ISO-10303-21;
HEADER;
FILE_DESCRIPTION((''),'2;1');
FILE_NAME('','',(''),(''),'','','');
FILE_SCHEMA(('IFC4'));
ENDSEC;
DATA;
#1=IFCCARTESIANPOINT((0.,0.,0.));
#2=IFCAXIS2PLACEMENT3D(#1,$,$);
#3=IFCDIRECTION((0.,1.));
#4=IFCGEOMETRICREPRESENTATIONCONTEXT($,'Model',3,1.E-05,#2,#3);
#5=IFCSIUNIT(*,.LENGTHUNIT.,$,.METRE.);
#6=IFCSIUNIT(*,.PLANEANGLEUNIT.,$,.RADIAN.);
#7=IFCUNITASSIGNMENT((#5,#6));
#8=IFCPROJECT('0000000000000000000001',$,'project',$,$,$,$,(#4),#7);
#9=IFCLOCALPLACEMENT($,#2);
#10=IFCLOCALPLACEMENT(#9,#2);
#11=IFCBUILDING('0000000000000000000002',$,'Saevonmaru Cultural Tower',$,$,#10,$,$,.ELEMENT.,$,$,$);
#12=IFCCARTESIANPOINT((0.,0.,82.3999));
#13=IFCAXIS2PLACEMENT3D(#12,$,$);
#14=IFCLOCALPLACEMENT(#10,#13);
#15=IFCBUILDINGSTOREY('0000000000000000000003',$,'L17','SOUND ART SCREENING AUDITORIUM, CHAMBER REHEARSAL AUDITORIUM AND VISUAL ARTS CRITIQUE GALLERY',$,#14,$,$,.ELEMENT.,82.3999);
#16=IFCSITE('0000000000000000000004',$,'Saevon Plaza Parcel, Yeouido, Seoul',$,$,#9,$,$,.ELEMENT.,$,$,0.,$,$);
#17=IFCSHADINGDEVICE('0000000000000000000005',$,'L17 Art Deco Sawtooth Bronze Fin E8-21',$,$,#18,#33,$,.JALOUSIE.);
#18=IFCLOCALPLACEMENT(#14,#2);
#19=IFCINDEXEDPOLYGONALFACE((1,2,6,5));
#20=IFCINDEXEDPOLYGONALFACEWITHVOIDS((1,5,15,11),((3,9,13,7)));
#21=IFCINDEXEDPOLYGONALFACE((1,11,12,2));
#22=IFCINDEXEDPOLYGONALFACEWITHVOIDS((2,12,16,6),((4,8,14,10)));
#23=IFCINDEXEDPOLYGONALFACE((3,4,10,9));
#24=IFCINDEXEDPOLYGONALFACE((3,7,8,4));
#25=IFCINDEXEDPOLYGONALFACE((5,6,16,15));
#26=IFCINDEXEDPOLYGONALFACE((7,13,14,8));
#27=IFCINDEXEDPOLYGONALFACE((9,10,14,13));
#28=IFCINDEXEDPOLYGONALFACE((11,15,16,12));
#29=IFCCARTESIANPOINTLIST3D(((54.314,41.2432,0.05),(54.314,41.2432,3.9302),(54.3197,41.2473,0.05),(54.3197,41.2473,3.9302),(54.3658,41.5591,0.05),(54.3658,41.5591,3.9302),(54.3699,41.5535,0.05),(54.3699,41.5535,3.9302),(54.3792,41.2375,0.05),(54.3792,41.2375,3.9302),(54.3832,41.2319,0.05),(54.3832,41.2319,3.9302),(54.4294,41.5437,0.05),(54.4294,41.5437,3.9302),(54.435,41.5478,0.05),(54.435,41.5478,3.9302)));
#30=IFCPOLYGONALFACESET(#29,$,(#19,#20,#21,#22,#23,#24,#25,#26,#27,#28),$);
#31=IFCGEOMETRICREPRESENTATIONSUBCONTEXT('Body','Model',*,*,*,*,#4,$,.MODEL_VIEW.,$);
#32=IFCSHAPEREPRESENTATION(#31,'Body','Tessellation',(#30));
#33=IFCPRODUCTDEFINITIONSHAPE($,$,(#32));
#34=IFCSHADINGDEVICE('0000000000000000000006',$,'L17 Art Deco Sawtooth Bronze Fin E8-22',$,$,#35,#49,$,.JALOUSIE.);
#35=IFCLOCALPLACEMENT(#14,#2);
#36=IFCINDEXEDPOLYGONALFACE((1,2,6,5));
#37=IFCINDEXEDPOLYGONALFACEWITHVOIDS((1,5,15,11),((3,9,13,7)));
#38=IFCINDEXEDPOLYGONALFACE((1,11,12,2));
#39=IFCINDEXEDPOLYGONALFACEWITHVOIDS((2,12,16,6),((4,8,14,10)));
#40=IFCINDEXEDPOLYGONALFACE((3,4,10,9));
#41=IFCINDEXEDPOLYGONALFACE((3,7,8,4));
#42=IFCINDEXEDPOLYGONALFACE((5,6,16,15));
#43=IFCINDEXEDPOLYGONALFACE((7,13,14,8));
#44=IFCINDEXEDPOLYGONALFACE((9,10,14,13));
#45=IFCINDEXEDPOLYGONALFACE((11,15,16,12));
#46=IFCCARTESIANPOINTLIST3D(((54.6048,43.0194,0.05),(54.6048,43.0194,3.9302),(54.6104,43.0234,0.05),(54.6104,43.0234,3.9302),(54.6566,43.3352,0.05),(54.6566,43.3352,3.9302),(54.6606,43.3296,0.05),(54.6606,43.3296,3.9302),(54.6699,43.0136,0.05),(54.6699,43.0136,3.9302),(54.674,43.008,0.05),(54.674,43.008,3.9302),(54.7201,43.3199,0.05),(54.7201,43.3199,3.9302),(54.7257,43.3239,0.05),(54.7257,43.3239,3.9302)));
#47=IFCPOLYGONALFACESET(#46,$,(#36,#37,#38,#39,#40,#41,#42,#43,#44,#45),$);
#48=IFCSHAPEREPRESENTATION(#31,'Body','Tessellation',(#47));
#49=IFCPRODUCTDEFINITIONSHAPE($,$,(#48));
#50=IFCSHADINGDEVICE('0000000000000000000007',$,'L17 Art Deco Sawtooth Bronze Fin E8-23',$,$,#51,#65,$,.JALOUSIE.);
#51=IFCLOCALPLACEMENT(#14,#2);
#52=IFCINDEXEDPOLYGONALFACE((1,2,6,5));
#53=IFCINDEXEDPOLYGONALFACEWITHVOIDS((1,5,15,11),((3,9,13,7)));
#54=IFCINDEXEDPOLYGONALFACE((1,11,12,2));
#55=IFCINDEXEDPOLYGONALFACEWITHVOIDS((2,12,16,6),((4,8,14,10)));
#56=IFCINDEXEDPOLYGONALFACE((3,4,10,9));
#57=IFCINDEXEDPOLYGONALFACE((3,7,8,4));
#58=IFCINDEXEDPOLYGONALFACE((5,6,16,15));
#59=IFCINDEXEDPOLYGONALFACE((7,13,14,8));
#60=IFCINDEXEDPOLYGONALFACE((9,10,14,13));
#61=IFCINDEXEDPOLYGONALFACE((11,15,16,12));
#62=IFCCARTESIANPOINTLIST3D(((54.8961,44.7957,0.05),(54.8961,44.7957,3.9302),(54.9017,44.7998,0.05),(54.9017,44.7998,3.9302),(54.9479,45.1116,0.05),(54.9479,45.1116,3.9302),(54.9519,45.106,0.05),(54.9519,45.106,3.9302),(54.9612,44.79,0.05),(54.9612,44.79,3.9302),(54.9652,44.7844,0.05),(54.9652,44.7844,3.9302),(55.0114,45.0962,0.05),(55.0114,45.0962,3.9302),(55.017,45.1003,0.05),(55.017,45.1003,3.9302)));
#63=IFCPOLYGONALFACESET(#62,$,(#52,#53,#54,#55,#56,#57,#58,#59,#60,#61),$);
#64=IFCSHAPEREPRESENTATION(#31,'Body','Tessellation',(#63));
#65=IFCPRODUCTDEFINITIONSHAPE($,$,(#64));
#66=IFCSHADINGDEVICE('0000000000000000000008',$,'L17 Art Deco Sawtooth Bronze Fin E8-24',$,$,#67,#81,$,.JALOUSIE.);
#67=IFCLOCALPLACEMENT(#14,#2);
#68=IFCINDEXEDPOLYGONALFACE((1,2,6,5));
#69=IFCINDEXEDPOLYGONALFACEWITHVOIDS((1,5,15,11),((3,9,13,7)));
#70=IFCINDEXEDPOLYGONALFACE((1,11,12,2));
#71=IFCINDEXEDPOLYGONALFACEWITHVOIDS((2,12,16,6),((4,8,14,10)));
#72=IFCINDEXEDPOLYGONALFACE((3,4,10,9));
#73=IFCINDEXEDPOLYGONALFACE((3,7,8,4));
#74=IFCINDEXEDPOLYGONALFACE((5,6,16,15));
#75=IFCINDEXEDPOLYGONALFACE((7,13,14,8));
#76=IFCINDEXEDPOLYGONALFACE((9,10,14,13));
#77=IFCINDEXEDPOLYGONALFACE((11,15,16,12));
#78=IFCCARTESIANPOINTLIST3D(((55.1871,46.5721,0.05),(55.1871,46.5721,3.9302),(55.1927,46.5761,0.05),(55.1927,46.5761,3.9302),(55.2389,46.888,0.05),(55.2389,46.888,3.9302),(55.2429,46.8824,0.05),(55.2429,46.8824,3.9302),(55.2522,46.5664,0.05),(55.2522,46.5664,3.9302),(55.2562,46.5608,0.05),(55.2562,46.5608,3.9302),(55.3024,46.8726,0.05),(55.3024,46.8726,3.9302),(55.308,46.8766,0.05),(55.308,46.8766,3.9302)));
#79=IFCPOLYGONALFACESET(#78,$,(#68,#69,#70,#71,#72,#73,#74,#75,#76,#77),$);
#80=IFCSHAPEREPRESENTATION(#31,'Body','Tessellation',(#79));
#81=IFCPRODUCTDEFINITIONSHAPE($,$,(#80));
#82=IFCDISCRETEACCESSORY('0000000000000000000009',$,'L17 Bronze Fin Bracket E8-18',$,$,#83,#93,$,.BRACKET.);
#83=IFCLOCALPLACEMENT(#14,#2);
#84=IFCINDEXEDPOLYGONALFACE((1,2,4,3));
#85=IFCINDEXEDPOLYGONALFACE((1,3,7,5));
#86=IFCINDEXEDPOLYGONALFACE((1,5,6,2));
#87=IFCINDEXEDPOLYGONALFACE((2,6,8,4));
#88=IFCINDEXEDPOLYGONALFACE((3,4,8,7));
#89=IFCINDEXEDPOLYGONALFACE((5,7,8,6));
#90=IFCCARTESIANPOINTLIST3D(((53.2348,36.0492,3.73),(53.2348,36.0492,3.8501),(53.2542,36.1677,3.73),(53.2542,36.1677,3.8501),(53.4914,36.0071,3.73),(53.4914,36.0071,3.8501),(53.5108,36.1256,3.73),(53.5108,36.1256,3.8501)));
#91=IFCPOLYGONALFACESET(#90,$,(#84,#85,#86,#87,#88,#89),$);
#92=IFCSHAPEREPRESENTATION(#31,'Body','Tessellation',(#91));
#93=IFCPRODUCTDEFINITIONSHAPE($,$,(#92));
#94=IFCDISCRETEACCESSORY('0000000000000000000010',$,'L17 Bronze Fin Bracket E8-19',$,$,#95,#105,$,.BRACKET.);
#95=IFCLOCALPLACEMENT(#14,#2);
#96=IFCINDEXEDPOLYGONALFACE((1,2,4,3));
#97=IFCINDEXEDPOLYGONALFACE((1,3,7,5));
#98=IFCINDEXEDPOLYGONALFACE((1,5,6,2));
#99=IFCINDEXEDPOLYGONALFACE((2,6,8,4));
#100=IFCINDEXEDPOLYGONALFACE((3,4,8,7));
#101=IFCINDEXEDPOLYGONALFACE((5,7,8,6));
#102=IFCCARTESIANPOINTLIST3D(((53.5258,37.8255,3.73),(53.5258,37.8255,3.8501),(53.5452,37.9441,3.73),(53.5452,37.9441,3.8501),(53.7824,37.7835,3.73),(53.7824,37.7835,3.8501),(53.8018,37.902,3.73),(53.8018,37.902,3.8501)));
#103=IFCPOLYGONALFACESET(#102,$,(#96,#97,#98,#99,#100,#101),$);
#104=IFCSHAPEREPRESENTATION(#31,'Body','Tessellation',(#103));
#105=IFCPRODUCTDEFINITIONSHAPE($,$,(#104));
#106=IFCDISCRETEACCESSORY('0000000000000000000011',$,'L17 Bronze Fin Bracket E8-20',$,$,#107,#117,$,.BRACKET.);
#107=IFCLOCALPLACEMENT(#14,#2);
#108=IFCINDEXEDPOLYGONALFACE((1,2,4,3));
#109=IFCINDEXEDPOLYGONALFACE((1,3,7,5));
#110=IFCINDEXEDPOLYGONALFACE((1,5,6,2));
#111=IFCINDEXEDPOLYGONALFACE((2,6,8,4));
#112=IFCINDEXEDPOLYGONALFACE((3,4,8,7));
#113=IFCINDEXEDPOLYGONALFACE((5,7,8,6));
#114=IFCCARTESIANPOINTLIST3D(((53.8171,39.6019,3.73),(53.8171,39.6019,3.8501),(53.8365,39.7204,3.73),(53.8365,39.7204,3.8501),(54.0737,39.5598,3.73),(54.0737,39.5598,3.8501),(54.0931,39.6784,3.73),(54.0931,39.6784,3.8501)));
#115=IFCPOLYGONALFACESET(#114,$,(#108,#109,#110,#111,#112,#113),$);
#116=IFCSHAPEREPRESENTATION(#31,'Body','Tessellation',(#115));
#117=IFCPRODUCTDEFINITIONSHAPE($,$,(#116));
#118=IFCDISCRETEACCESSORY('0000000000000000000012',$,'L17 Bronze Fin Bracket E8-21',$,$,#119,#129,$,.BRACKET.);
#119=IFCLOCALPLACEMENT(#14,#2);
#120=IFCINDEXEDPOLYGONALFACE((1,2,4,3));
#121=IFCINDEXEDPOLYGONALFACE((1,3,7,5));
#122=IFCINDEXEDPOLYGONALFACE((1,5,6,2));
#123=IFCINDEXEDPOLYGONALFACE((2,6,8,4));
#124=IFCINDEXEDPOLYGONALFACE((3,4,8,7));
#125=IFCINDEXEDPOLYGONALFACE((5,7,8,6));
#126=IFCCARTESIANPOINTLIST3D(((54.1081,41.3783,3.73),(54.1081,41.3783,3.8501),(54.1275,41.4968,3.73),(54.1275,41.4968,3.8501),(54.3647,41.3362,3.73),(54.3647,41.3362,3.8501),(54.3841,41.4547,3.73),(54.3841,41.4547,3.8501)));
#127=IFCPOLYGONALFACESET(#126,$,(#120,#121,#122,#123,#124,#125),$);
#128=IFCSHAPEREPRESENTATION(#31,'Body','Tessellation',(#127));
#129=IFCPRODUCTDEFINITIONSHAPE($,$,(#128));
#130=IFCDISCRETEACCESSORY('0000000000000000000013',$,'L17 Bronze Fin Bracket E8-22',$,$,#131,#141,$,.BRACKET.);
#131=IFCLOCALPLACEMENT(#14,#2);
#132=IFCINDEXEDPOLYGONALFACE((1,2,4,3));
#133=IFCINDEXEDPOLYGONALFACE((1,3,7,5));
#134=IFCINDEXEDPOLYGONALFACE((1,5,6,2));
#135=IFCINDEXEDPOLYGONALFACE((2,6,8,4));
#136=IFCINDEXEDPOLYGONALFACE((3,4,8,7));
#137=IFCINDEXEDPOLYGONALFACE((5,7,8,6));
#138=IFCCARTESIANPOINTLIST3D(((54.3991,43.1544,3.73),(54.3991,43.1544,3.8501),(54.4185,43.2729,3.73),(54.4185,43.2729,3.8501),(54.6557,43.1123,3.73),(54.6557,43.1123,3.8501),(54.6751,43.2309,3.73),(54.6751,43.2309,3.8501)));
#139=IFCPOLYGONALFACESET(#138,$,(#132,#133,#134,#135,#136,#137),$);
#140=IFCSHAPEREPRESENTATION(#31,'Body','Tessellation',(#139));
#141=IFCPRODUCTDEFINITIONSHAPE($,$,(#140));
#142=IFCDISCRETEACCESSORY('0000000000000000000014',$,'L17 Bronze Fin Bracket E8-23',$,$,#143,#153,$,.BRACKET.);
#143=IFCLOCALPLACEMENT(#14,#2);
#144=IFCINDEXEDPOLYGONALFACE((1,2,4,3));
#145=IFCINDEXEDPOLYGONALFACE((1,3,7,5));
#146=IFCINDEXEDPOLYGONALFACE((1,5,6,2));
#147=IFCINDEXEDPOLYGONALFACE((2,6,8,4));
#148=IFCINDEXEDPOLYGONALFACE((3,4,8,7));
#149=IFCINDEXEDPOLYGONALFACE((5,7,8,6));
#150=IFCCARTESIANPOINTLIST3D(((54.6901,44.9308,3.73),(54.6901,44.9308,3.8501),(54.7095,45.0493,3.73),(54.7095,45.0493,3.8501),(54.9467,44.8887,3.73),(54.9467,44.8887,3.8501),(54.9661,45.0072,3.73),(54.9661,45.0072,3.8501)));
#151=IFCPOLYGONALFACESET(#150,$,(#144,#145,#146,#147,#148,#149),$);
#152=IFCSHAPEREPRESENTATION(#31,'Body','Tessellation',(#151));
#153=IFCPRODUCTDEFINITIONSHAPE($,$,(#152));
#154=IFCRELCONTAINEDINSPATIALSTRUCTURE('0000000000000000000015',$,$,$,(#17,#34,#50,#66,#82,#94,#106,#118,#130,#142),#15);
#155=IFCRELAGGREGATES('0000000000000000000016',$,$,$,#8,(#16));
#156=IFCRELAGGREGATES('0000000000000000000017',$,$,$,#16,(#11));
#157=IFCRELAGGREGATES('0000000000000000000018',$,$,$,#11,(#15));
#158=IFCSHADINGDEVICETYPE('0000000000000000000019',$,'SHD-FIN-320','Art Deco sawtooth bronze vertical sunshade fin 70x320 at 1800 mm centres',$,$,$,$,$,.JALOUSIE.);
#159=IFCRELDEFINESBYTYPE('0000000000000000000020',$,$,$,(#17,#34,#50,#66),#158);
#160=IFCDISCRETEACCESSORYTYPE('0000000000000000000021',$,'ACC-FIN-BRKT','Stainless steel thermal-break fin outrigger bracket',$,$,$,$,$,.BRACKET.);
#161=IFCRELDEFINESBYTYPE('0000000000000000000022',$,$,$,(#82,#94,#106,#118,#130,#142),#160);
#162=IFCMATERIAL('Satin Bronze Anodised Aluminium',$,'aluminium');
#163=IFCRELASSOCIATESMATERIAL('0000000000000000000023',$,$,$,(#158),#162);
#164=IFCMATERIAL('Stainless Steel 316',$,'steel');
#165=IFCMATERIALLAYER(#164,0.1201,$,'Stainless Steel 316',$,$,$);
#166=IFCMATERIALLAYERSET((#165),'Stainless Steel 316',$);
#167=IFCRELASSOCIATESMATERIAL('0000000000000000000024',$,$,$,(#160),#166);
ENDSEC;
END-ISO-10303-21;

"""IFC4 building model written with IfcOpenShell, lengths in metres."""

from ifc_helpers import new_model, si_unit, direction, frame, origin, origin_2d, place, context, subcontext, project, spatial, rectangle, hollow_rectangle, extrude, material, layer, layer_set, material_profile, profile_set, type_object, element, save


model = new_model("IFC4")

# Units and contexts
model_context = context("Model", 3, precision=1e-05, world=origin(), true_north=direction((0.0, 1.0)))
body_context = subcontext(model_context, "Body", "Model", "MODEL_VIEW")
ifc_project = project(units=[si_unit("LENGTHUNIT", "METRE"), si_unit("PLANEANGLEUNIT", "RADIAN")], contexts=[model_context])

# Site, building, storey
site_placement = place(None, origin())
site = spatial("IfcSite", under=ifc_project, at=site_placement, Name="Saevon Plaza Parcel, Yeouido, Seoul", CompositionType="ELEMENT", RefElevation=0.0)
building_placement = place(site_placement, origin())
building = spatial("IfcBuilding", under=site, at=building_placement, Name="Saevonmaru Cultural Tower", CompositionType="ELEMENT")
storey_placement = place(building_placement, frame((0.0, 0.0, 82.3999)))
storey = spatial("IfcBuildingStorey", under=building, at=storey_placement, Name="L17", Description="SOUND ART SCREENING AUDITORIUM, CHAMBER REHEARSAL AUDITORIUM AND VISUAL ARTS CRITIQUE GALLERY", CompositionType="ELEMENT", Elevation=82.3999)

# Shared definitions
ifc_material_1 = material(Name="Satin Bronze Anodised Aluminium", Category="aluminium")

# Shading devices
ifc_material_profile_1 = material_profile(ifc_material_1, hollow_rectangle(XDim=0.0701, YDim=0.3201, WallThickness=0.0049, at=origin_2d()), Name="FIN-320x70")
ifc_profile_set_1 = profile_set([ifc_material_profile_1], Name="Satin Bronze Anodised Aluminium")
shading_device_type = type_object("IfcShadingDeviceType", Name="SHD-FIN-320", Description="Art Deco sawtooth bronze vertical sunshade fin 70x320 at 1800 mm centres", PredefinedType="JALOUSIE", material=ifc_profile_set_1)
for number, where, z_axis, x_axis, name in (
    (1, (54.3745, 41.3955, 0.05), (0.0, 0.0, 1.0), (0.986827, -0.161776, 0.0), "L17 Art Deco Sawtooth Bronze Fin E8-21"),
    (2, (54.6653, 43.1716, 0.05), (0.0, 0.0, 1.0), (0.986827, -0.161776, 0.0), "L17 Art Deco Sawtooth Bronze Fin E8-22"),
    (3, (54.9565, 44.948, 0.05), (0.0, 0.0, 1.0), (0.986827, -0.161776, 0.0), "L17 Art Deco Sawtooth Bronze Fin E8-23"),
    (4, (55.2476, 46.7244, 0.05), (0.0, 0.0, 1.0), (0.986827, -0.161776, 0.0), "L17 Art Deco Sawtooth Bronze Fin E8-24"),
):
    element("IfcShadingDevice", number, at=place(storey_placement, frame(where, z_axis=z_axis, x_axis=x_axis)), inside=storey, type_object=shading_device_type, Name=name, PredefinedType="JALOUSIE", context=body_context, shape_type="SweptSolid", body=[
        extrude(hollow_rectangle(XDim=0.0701, YDim=0.3201, WallThickness=0.0049, at=origin_2d()), origin(), (0.0, 0.0, 1.0), 3.8801),
    ])

# Discrete accessories
ifc_material_2 = material(Name="Stainless Steel 316", Category="steel")
ifc_layer_1 = layer(ifc_material_2, 0.1201, Name="Stainless Steel 316")
ifc_layer_set_1 = layer_set([ifc_layer_1], Name="Stainless Steel 316")
discrete_accessory_type = type_object("IfcDiscreteAccessoryType", Name="ACC-FIN-BRKT", Description="Stainless steel thermal-break fin outrigger bracket", PredefinedType="BRACKET", material=ifc_layer_set_1)
for number, where, z_axis, x_axis, name in (
    (5, (53.3728, 36.0874, 3.73), (0.0, 0.0, 1.0), (0.986827, -0.161776, 0.0), "L17 Bronze Fin Bracket E8-18"),
    (6, (53.6638, 37.8638, 3.73), (0.0, 0.0, 1.0), (0.986827, -0.161776, 0.0), "L17 Bronze Fin Bracket E8-19"),
    (7, (53.9551, 39.6401, 3.73), (0.0, 0.0, 1.0), (0.986827, -0.161776, 0.0), "L17 Bronze Fin Bracket E8-20"),
    (8, (54.2461, 41.4165, 3.73), (0.0, 0.0, 1.0), (0.986827, -0.161776, 0.0), "L17 Bronze Fin Bracket E8-21"),
    (9, (54.5371, 43.1926, 3.73), (0.0, 0.0, 1.0), (0.986827, -0.161776, 0.0), "L17 Bronze Fin Bracket E8-22"),
    (10, (54.8281, 44.969, 3.73), (0.0, 0.0, 1.0), (0.986827, -0.161776, 0.0), "L17 Bronze Fin Bracket E8-23"),
):
    element("IfcDiscreteAccessory", number, at=place(storey_placement, frame(where, z_axis=z_axis, x_axis=x_axis)), inside=storey, type_object=discrete_accessory_type, Name=name, PredefinedType="BRACKET", context=body_context, shape_type="SweptSolid", body=[
        extrude(rectangle(XDim=0.26, YDim=0.1201, at=origin_2d()), origin(), (0.0, 0.0, 1.0), 0.1201),
    ])

save(model, "model.ifc")
